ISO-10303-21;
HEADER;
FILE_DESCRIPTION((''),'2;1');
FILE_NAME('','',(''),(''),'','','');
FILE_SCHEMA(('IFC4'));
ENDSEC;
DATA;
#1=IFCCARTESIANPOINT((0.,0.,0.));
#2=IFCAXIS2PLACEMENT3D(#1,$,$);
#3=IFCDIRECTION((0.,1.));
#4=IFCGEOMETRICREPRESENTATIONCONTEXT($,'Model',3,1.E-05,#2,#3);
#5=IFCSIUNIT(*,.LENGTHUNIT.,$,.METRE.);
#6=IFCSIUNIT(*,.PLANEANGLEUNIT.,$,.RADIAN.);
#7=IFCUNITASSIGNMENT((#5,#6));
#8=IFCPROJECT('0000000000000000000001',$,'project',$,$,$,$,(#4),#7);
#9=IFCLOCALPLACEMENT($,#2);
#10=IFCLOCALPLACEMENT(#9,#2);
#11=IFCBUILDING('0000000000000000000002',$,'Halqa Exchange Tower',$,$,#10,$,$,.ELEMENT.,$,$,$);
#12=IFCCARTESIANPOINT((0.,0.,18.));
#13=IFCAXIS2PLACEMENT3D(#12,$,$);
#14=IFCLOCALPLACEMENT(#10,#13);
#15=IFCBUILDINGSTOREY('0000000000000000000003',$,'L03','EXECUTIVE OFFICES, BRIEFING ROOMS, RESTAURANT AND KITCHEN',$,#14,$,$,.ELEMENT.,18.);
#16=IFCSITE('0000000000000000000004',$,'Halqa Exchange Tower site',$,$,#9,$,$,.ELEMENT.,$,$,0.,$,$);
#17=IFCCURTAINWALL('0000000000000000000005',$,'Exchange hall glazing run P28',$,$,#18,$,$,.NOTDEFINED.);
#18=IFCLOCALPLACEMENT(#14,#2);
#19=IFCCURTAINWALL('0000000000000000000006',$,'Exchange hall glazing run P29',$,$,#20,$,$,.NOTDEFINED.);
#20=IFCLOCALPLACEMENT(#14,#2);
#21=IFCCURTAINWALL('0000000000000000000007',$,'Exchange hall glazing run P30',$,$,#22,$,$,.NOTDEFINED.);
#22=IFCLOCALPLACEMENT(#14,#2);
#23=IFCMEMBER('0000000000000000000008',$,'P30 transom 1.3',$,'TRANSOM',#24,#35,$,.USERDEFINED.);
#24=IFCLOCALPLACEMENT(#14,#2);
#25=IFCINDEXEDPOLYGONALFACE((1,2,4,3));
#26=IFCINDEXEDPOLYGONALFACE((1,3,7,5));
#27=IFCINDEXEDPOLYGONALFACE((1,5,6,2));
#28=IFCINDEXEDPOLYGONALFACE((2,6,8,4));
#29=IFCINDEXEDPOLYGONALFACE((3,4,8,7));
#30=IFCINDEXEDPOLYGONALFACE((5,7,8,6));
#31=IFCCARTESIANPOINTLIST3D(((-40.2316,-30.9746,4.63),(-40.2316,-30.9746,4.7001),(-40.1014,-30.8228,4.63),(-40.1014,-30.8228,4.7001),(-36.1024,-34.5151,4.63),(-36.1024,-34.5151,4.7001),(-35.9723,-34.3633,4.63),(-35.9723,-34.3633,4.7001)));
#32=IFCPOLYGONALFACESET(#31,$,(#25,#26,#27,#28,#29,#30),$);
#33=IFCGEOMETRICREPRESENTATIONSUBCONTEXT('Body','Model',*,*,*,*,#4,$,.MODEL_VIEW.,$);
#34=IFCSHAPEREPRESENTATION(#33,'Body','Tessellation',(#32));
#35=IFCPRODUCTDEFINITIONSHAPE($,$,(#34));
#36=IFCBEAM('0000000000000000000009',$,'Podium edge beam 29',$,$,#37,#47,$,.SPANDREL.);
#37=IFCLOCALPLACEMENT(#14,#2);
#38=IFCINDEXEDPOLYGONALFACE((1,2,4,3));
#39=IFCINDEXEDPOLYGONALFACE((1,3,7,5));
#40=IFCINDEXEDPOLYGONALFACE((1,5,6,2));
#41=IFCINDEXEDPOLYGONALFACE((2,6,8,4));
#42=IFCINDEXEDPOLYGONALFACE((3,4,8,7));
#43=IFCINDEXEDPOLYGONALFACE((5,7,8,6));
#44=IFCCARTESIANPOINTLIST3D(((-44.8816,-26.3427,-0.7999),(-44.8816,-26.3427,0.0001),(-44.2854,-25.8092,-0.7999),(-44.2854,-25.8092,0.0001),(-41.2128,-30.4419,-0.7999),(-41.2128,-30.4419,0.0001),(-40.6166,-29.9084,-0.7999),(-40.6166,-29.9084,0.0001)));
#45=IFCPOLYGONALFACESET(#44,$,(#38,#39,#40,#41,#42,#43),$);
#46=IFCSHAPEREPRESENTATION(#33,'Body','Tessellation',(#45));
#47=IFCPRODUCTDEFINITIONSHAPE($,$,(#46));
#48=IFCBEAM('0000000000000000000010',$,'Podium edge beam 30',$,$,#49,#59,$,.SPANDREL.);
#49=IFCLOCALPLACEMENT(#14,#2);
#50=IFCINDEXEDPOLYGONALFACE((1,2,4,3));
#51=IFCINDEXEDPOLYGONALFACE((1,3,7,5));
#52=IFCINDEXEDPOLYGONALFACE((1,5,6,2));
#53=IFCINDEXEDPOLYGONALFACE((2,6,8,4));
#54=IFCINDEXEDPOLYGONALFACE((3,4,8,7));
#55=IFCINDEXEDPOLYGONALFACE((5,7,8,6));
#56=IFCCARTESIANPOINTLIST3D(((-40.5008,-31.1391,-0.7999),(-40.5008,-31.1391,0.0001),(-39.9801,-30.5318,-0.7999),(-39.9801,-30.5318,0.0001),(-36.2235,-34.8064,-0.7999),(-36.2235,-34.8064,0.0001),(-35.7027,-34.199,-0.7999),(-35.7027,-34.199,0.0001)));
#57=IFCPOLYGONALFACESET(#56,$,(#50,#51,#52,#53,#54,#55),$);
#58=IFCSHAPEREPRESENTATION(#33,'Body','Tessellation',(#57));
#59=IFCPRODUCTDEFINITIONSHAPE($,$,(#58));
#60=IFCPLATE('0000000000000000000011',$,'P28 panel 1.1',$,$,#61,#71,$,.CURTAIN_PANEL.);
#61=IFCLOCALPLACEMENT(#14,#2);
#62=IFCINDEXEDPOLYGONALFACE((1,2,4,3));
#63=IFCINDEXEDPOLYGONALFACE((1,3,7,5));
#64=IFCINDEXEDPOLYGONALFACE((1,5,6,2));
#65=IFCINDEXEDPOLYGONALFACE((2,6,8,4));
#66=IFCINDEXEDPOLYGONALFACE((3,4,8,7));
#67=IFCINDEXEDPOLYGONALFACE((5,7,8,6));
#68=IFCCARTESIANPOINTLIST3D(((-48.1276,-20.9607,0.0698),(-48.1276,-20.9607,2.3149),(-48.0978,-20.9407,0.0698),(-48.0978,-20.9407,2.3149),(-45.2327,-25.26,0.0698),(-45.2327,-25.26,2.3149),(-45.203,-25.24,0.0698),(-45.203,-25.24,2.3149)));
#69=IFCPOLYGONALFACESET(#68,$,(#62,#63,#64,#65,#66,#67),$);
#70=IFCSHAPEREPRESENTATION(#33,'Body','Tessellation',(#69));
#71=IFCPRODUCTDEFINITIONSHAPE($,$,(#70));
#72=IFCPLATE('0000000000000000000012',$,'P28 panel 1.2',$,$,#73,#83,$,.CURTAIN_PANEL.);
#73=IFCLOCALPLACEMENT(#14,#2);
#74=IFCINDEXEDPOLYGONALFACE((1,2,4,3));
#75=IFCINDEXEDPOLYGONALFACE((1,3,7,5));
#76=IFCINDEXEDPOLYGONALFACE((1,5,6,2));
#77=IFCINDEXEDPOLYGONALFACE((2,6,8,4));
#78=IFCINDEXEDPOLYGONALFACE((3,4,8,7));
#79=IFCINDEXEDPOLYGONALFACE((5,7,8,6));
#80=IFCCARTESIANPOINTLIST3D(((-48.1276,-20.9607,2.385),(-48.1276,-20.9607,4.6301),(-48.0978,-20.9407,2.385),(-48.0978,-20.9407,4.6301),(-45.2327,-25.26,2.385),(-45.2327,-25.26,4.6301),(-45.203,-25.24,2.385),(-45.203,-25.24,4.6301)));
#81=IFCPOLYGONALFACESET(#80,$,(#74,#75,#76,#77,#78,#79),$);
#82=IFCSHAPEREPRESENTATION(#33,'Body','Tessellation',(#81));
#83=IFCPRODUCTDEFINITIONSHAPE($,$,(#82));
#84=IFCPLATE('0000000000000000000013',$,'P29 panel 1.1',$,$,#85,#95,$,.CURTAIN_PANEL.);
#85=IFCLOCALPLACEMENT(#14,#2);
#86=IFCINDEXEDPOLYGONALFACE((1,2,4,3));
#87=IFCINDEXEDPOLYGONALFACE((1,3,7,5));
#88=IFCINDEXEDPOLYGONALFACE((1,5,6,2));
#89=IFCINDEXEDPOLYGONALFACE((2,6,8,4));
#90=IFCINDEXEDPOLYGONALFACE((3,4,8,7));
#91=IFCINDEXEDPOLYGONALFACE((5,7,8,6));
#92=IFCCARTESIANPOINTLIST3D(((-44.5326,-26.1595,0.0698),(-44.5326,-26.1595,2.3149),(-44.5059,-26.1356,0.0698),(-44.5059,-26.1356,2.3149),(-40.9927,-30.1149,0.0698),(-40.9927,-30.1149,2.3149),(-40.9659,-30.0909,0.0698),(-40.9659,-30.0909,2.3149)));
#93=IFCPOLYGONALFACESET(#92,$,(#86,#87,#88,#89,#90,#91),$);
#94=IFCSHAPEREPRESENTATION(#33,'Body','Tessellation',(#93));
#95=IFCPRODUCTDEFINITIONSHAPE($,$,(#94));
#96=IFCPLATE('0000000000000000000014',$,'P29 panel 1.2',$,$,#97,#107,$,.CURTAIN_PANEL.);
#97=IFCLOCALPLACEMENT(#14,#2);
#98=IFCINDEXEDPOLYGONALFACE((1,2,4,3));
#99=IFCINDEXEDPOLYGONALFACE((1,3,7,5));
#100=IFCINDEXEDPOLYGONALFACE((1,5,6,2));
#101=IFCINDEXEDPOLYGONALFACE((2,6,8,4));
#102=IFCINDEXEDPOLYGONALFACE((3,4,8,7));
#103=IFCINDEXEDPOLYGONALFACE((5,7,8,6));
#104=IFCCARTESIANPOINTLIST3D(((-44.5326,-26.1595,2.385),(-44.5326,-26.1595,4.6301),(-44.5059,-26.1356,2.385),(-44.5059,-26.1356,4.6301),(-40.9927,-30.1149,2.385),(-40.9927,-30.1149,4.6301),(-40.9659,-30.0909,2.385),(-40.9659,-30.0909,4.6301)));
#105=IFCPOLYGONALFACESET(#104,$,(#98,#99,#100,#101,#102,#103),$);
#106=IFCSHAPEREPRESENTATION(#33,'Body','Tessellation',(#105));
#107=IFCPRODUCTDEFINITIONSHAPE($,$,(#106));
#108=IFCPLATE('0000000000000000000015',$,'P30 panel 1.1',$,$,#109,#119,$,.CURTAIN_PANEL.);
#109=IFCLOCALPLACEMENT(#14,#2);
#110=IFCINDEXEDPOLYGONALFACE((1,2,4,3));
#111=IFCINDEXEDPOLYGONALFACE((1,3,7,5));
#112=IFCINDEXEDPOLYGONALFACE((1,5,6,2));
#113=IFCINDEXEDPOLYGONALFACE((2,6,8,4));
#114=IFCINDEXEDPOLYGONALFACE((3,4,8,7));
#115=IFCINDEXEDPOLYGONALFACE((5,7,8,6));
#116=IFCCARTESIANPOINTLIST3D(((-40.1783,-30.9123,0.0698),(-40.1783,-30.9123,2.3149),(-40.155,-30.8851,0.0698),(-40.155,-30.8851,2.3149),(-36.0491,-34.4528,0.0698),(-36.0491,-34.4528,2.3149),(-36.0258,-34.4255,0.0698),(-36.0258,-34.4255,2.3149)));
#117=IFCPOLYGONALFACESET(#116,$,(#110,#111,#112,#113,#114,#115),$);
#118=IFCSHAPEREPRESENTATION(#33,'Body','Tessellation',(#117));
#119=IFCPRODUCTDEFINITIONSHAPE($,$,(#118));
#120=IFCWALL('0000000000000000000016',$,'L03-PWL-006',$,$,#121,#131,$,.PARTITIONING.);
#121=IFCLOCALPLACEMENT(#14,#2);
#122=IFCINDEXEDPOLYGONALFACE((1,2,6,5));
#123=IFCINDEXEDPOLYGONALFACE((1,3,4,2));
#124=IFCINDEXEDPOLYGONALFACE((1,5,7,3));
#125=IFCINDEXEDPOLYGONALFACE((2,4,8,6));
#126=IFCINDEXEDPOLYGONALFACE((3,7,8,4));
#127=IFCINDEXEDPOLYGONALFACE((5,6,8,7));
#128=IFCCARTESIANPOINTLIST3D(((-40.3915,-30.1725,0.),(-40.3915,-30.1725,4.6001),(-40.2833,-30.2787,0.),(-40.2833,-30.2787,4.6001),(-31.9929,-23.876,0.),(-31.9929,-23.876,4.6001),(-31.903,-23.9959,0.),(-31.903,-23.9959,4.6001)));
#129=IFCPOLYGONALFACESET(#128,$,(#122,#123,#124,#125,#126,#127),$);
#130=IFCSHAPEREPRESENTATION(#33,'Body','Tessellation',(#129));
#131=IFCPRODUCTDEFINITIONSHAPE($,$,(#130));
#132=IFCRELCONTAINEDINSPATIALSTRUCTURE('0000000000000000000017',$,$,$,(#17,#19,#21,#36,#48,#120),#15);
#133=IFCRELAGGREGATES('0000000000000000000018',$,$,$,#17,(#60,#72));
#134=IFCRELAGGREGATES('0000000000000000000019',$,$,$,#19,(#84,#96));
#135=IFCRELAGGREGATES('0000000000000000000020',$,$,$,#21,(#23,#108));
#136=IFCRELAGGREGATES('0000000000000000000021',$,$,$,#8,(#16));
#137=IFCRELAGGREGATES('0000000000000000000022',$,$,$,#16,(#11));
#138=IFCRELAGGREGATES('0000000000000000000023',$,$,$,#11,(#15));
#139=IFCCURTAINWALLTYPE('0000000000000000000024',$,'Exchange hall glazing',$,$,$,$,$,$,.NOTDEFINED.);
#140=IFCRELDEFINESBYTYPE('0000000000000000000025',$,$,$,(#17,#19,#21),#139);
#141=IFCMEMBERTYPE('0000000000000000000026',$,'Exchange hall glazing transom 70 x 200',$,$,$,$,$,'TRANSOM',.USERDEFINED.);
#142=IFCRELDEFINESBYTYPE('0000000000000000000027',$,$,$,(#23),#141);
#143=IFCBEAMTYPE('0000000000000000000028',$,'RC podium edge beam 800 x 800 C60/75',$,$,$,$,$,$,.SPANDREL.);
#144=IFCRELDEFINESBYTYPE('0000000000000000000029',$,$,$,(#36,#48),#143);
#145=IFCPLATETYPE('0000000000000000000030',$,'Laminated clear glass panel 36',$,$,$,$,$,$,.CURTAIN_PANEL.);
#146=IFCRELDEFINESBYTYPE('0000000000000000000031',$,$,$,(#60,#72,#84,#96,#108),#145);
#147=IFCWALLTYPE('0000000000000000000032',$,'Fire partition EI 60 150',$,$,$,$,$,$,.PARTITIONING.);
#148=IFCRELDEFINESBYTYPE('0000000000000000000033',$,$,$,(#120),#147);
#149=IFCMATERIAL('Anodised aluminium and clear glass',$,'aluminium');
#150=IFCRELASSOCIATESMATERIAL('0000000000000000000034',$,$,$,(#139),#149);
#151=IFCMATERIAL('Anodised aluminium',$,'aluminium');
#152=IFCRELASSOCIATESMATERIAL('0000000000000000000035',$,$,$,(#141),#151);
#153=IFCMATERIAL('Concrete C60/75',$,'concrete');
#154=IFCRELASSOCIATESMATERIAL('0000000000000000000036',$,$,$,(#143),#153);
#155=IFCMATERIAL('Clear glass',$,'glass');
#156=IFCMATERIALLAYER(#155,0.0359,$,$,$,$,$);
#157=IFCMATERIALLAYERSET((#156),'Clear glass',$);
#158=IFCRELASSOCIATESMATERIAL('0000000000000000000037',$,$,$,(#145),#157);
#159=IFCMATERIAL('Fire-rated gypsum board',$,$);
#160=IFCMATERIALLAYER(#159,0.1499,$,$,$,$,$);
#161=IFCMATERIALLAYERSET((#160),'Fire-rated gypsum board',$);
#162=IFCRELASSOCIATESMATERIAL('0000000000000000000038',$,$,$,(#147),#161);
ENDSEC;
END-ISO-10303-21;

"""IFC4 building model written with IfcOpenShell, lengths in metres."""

from ifc_helpers import new_model, si_unit, direction, frame, origin, origin_2d, place, context, subcontext, project, spatial, polyline, rectangle, outline, extrude, material, layer, layer_set, material_profile, profile_set, type_object, element, aggregate, save


model = new_model("IFC4")

# Units and contexts
model_context = context("Model", 3, precision=1e-05, world=origin(), true_north=direction((0.0, 1.0)))
body_context = subcontext(model_context, "Body", "Model", "MODEL_VIEW")
ifc_project = project(units=[si_unit("LENGTHUNIT", "METRE"), si_unit("PLANEANGLEUNIT", "RADIAN")], contexts=[model_context])

# Site, building, storey
site_placement = place(None, origin())
site = spatial("IfcSite", under=ifc_project, at=site_placement, Name="Halqa Exchange Tower site", CompositionType="ELEMENT", RefElevation=0.0)
building_placement = place(site_placement, origin())
building = spatial("IfcBuilding", under=site, at=building_placement, Name="Halqa Exchange Tower", CompositionType="ELEMENT")
storey_placement = place(building_placement, frame((0.0, 0.0, 18.0)))
storey = spatial("IfcBuildingStorey", under=building, at=storey_placement, Name="L03", Description="EXECUTIVE OFFICES, BRIEFING ROOMS, RESTAURANT AND KITCHEN", CompositionType="ELEMENT", Elevation=18.0)

# Shared definitions
ifc_material_1 = material(Name="Concrete C60/75", Category="concrete")

# Curtain wall
ifc_material_2 = material(Name="Anodised aluminium and clear glass", Category="aluminium")
curtain_wall_type = type_object("IfcCurtainWallType", Name="Exchange hall glazing", PredefinedType="NOTDEFINED", material=ifc_material_2)
curtain_wall_1_placement = place(storey_placement, origin())
curtain_wall_1 = element("IfcCurtainWall", 1, at=curtain_wall_1_placement, inside=storey, type_object=curtain_wall_type, Name="Exchange hall glazing run P28", PredefinedType="NOTDEFINED")
ifc_material_3 = material(Name="Anodised aluminium", Category="aluminium")

# Curtain wall
curtain_wall_2_placement = place(storey_placement, origin())
curtain_wall_2 = element("IfcCurtainWall", 2, at=curtain_wall_2_placement, inside=storey, type_object=curtain_wall_type, Name="Exchange hall glazing run P29", PredefinedType="NOTDEFINED")

# Curtain wall
curtain_wall_3_placement = place(storey_placement, origin())
curtain_wall_3 = element("IfcCurtainWall", 3, at=curtain_wall_3_placement, inside=storey, type_object=curtain_wall_type, Name="Exchange hall glazing run P30", PredefinedType="NOTDEFINED")

# Member
ifc_material_profile_1 = material_profile(ifc_material_3, rectangle(XDim=0.2, YDim=0.0701, at=origin_2d()), Name="AL 70x200")
ifc_profile_set_1 = profile_set([ifc_material_profile_1], Name="Anodised aluminium")
member_type_1 = type_object("IfcMemberType", Name="Exchange hall glazing transom 70 x 200", ElementType="TRANSOM", PredefinedType="USERDEFINED", material=ifc_profile_set_1)
member_1_placement = place(storey_placement, frame((-40.1665, -30.8987, 4.665), z_axis=(0.759143, -0.650924, 0.0), x_axis=(0.650924, 0.759143, 0.0)))
member_1 = element("IfcMember", 4, at=member_1_placement, type_object=member_type_1, Name="P30 transom 1.3", ObjectType="TRANSOM", PredefinedType="USERDEFINED", context=body_context, shape_type="SweptSolid", body=[
    extrude(rectangle(XDim=0.2, YDim=0.0701, at=origin_2d()), origin(), (0.0, 0.0, 1.0), 5.4392),
])

# Beams
ifc_material_profile_2 = material_profile(ifc_material_1, rectangle(XDim=0.8, YDim=0.8, at=origin_2d()), Name="800 x 800")
ifc_profile_set_2 = profile_set([ifc_material_profile_2], Name="Concrete C60/75")
beam_type = type_object("IfcBeamType", Name="RC podium edge beam 800 x 800 C60/75", PredefinedType="SPANDREL", material=ifc_profile_set_2)
beam_1_placement = place(storey_placement, frame((-44.5835, -26.0759, -0.3999), z_axis=(0.666903, -0.745145, 0.0), x_axis=(0.745145, 0.666903, 0.0)))
element("IfcBeam", 5, at=beam_1_placement, inside=storey, type_object=beam_type, Name="Podium edge beam 29", PredefinedType="SPANDREL", context=body_context, shape_type="SweptSolid", body=[
    extrude(rectangle(XDim=0.8, YDim=0.8, at=origin_2d()), origin(), (0.0, 0.0, 1.0), 5.5012),
])
beam_2_placement = place(storey_placement, frame((-40.2405, -30.8354, -0.3999), z_axis=(0.759174, -0.650888, 0.0), x_axis=(0.650888, 0.759174, 0.0)))
element("IfcBeam", 6, at=beam_2_placement, inside=storey, type_object=beam_type, Name="Podium edge beam 30", PredefinedType="SPANDREL", context=body_context, shape_type="SweptSolid", body=[
    extrude(rectangle(XDim=0.8, YDim=0.8, at=origin_2d()), origin(), (0.0, 0.0, 1.0), 5.6343),
])

# Plates
ifc_material_4 = material(Name="Clear glass", Category="glass")
ifc_layer_1 = layer(ifc_material_4, 0.0359)
ifc_layer_set_1 = layer_set([ifc_layer_1], Name="Clear glass")
plate_type = type_object("IfcPlateType", Name="Laminated clear glass panel 36", PredefinedType="CURTAIN_PANEL", material=ifc_layer_set_1)
plate_1_placement = place(storey_placement, frame((-46.6653, -23.1003, 0.0698), z_axis=(0.0, 0.0, 1.0), x_axis=(0.558522, -0.82949, 0.0)))
plate_1 = element("IfcPlate", 7, at=plate_1_placement, type_object=plate_type, Name="P28 panel 1.1", PredefinedType="CURTAIN_PANEL", context=body_context, shape_type="SweptSolid", body=[
    extrude(rectangle(XDim=5.1831, YDim=0.0359, at=origin_2d()), origin(), (0.0, 0.0, 1.0), 2.2451),
])
plate_2_placement = place(storey_placement, frame((-46.6653, -23.1003, 2.385), z_axis=(0.0, 0.0, 1.0), x_axis=(0.558522, -0.82949, 0.0)))
plate_2 = element("IfcPlate", 8, at=plate_2_placement, type_object=plate_type, Name="P28 panel 1.2", PredefinedType="CURTAIN_PANEL", context=body_context, shape_type="SweptSolid", body=[
    extrude(rectangle(XDim=5.1831, YDim=0.0359, at=origin_2d()), origin(), (0.0, 0.0, 1.0), 2.2451),
])
aggregate(curtain_wall_1, [plate_1, plate_2])
plate_3_placement = place(storey_placement, frame((-42.7493, -28.1252, 0.0698), z_axis=(0.0, 0.0, 1.0), x_axis=(0.666899, -0.745148, 0.0)))
plate_3 = element("IfcPlate", 9, at=plate_3_placement, type_object=plate_type, Name="P29 panel 1.1", PredefinedType="CURTAIN_PANEL", context=body_context, shape_type="SweptSolid", body=[
    extrude(rectangle(XDim=5.3081, YDim=0.0359, at=origin_2d()), origin(), (0.0, 0.0, 1.0), 2.2451),
])
plate_4_placement = place(storey_placement, frame((-42.7493, -28.1252, 2.385), z_axis=(0.0, 0.0, 1.0), x_axis=(0.666899, -0.745148, 0.0)))
plate_4 = element("IfcPlate", 10, at=plate_4_placement, type_object=plate_type, Name="P29 panel 1.2", PredefinedType="CURTAIN_PANEL", context=body_context, shape_type="SweptSolid", body=[
    extrude(rectangle(XDim=5.3081, YDim=0.0359, at=origin_2d()), origin(), (0.0, 0.0, 1.0), 2.2451),
])
aggregate(curtain_wall_2, [plate_3, plate_4])
plate_5_placement = place(storey_placement, frame((-38.1021, -32.6689, 0.0698), z_axis=(0.0, 0.0, 1.0), x_axis=(0.759154, -0.650911, 0.0)))
plate_5 = element("IfcPlate", 11, at=plate_5_placement, type_object=plate_type, Name="P30 panel 1.1", PredefinedType="CURTAIN_PANEL", context=body_context, shape_type="SweptSolid", body=[
    extrude(rectangle(XDim=5.4392, YDim=0.0359, at=origin_2d()), origin(), (0.0, 0.0, 1.0), 2.2451),
])
aggregate(curtain_wall_3, [member_1, plate_5])

# Wall
ifc_material_5 = material(Name="Fire-rated gypsum board")
ifc_layer_2 = layer(ifc_material_5, 0.1499)
ifc_layer_set_2 = layer_set([ifc_layer_2], Name="Fire-rated gypsum board")
wall_type = type_object("IfcWallType", Name="Fire partition EI 60 150", PredefinedType="PARTITIONING", material=ifc_layer_set_2)
wall_placement = place(storey_placement, frame((-40.3374, -30.2256, 0.0), z_axis=(0.0, 0.0, 1.0), x_axis=(0.800115, 0.599847, 0.0)))
element("IfcWall", 12, at=wall_placement, inside=storey, type_object=wall_type, Name="L03-PWL-006", PredefinedType="PARTITIONING", context=body_context, shape_type="SweptSolid", body=[
    extrude(outline(polyline([(0.0115, -0.075), (10.4854, -0.075), (10.4854, 0.075), (-0.0115, 0.075), (0.0115, -0.075)])), origin(), (0.0, 0.0, 1.0), 4.6001),
])

save(model, "model.ifc")
